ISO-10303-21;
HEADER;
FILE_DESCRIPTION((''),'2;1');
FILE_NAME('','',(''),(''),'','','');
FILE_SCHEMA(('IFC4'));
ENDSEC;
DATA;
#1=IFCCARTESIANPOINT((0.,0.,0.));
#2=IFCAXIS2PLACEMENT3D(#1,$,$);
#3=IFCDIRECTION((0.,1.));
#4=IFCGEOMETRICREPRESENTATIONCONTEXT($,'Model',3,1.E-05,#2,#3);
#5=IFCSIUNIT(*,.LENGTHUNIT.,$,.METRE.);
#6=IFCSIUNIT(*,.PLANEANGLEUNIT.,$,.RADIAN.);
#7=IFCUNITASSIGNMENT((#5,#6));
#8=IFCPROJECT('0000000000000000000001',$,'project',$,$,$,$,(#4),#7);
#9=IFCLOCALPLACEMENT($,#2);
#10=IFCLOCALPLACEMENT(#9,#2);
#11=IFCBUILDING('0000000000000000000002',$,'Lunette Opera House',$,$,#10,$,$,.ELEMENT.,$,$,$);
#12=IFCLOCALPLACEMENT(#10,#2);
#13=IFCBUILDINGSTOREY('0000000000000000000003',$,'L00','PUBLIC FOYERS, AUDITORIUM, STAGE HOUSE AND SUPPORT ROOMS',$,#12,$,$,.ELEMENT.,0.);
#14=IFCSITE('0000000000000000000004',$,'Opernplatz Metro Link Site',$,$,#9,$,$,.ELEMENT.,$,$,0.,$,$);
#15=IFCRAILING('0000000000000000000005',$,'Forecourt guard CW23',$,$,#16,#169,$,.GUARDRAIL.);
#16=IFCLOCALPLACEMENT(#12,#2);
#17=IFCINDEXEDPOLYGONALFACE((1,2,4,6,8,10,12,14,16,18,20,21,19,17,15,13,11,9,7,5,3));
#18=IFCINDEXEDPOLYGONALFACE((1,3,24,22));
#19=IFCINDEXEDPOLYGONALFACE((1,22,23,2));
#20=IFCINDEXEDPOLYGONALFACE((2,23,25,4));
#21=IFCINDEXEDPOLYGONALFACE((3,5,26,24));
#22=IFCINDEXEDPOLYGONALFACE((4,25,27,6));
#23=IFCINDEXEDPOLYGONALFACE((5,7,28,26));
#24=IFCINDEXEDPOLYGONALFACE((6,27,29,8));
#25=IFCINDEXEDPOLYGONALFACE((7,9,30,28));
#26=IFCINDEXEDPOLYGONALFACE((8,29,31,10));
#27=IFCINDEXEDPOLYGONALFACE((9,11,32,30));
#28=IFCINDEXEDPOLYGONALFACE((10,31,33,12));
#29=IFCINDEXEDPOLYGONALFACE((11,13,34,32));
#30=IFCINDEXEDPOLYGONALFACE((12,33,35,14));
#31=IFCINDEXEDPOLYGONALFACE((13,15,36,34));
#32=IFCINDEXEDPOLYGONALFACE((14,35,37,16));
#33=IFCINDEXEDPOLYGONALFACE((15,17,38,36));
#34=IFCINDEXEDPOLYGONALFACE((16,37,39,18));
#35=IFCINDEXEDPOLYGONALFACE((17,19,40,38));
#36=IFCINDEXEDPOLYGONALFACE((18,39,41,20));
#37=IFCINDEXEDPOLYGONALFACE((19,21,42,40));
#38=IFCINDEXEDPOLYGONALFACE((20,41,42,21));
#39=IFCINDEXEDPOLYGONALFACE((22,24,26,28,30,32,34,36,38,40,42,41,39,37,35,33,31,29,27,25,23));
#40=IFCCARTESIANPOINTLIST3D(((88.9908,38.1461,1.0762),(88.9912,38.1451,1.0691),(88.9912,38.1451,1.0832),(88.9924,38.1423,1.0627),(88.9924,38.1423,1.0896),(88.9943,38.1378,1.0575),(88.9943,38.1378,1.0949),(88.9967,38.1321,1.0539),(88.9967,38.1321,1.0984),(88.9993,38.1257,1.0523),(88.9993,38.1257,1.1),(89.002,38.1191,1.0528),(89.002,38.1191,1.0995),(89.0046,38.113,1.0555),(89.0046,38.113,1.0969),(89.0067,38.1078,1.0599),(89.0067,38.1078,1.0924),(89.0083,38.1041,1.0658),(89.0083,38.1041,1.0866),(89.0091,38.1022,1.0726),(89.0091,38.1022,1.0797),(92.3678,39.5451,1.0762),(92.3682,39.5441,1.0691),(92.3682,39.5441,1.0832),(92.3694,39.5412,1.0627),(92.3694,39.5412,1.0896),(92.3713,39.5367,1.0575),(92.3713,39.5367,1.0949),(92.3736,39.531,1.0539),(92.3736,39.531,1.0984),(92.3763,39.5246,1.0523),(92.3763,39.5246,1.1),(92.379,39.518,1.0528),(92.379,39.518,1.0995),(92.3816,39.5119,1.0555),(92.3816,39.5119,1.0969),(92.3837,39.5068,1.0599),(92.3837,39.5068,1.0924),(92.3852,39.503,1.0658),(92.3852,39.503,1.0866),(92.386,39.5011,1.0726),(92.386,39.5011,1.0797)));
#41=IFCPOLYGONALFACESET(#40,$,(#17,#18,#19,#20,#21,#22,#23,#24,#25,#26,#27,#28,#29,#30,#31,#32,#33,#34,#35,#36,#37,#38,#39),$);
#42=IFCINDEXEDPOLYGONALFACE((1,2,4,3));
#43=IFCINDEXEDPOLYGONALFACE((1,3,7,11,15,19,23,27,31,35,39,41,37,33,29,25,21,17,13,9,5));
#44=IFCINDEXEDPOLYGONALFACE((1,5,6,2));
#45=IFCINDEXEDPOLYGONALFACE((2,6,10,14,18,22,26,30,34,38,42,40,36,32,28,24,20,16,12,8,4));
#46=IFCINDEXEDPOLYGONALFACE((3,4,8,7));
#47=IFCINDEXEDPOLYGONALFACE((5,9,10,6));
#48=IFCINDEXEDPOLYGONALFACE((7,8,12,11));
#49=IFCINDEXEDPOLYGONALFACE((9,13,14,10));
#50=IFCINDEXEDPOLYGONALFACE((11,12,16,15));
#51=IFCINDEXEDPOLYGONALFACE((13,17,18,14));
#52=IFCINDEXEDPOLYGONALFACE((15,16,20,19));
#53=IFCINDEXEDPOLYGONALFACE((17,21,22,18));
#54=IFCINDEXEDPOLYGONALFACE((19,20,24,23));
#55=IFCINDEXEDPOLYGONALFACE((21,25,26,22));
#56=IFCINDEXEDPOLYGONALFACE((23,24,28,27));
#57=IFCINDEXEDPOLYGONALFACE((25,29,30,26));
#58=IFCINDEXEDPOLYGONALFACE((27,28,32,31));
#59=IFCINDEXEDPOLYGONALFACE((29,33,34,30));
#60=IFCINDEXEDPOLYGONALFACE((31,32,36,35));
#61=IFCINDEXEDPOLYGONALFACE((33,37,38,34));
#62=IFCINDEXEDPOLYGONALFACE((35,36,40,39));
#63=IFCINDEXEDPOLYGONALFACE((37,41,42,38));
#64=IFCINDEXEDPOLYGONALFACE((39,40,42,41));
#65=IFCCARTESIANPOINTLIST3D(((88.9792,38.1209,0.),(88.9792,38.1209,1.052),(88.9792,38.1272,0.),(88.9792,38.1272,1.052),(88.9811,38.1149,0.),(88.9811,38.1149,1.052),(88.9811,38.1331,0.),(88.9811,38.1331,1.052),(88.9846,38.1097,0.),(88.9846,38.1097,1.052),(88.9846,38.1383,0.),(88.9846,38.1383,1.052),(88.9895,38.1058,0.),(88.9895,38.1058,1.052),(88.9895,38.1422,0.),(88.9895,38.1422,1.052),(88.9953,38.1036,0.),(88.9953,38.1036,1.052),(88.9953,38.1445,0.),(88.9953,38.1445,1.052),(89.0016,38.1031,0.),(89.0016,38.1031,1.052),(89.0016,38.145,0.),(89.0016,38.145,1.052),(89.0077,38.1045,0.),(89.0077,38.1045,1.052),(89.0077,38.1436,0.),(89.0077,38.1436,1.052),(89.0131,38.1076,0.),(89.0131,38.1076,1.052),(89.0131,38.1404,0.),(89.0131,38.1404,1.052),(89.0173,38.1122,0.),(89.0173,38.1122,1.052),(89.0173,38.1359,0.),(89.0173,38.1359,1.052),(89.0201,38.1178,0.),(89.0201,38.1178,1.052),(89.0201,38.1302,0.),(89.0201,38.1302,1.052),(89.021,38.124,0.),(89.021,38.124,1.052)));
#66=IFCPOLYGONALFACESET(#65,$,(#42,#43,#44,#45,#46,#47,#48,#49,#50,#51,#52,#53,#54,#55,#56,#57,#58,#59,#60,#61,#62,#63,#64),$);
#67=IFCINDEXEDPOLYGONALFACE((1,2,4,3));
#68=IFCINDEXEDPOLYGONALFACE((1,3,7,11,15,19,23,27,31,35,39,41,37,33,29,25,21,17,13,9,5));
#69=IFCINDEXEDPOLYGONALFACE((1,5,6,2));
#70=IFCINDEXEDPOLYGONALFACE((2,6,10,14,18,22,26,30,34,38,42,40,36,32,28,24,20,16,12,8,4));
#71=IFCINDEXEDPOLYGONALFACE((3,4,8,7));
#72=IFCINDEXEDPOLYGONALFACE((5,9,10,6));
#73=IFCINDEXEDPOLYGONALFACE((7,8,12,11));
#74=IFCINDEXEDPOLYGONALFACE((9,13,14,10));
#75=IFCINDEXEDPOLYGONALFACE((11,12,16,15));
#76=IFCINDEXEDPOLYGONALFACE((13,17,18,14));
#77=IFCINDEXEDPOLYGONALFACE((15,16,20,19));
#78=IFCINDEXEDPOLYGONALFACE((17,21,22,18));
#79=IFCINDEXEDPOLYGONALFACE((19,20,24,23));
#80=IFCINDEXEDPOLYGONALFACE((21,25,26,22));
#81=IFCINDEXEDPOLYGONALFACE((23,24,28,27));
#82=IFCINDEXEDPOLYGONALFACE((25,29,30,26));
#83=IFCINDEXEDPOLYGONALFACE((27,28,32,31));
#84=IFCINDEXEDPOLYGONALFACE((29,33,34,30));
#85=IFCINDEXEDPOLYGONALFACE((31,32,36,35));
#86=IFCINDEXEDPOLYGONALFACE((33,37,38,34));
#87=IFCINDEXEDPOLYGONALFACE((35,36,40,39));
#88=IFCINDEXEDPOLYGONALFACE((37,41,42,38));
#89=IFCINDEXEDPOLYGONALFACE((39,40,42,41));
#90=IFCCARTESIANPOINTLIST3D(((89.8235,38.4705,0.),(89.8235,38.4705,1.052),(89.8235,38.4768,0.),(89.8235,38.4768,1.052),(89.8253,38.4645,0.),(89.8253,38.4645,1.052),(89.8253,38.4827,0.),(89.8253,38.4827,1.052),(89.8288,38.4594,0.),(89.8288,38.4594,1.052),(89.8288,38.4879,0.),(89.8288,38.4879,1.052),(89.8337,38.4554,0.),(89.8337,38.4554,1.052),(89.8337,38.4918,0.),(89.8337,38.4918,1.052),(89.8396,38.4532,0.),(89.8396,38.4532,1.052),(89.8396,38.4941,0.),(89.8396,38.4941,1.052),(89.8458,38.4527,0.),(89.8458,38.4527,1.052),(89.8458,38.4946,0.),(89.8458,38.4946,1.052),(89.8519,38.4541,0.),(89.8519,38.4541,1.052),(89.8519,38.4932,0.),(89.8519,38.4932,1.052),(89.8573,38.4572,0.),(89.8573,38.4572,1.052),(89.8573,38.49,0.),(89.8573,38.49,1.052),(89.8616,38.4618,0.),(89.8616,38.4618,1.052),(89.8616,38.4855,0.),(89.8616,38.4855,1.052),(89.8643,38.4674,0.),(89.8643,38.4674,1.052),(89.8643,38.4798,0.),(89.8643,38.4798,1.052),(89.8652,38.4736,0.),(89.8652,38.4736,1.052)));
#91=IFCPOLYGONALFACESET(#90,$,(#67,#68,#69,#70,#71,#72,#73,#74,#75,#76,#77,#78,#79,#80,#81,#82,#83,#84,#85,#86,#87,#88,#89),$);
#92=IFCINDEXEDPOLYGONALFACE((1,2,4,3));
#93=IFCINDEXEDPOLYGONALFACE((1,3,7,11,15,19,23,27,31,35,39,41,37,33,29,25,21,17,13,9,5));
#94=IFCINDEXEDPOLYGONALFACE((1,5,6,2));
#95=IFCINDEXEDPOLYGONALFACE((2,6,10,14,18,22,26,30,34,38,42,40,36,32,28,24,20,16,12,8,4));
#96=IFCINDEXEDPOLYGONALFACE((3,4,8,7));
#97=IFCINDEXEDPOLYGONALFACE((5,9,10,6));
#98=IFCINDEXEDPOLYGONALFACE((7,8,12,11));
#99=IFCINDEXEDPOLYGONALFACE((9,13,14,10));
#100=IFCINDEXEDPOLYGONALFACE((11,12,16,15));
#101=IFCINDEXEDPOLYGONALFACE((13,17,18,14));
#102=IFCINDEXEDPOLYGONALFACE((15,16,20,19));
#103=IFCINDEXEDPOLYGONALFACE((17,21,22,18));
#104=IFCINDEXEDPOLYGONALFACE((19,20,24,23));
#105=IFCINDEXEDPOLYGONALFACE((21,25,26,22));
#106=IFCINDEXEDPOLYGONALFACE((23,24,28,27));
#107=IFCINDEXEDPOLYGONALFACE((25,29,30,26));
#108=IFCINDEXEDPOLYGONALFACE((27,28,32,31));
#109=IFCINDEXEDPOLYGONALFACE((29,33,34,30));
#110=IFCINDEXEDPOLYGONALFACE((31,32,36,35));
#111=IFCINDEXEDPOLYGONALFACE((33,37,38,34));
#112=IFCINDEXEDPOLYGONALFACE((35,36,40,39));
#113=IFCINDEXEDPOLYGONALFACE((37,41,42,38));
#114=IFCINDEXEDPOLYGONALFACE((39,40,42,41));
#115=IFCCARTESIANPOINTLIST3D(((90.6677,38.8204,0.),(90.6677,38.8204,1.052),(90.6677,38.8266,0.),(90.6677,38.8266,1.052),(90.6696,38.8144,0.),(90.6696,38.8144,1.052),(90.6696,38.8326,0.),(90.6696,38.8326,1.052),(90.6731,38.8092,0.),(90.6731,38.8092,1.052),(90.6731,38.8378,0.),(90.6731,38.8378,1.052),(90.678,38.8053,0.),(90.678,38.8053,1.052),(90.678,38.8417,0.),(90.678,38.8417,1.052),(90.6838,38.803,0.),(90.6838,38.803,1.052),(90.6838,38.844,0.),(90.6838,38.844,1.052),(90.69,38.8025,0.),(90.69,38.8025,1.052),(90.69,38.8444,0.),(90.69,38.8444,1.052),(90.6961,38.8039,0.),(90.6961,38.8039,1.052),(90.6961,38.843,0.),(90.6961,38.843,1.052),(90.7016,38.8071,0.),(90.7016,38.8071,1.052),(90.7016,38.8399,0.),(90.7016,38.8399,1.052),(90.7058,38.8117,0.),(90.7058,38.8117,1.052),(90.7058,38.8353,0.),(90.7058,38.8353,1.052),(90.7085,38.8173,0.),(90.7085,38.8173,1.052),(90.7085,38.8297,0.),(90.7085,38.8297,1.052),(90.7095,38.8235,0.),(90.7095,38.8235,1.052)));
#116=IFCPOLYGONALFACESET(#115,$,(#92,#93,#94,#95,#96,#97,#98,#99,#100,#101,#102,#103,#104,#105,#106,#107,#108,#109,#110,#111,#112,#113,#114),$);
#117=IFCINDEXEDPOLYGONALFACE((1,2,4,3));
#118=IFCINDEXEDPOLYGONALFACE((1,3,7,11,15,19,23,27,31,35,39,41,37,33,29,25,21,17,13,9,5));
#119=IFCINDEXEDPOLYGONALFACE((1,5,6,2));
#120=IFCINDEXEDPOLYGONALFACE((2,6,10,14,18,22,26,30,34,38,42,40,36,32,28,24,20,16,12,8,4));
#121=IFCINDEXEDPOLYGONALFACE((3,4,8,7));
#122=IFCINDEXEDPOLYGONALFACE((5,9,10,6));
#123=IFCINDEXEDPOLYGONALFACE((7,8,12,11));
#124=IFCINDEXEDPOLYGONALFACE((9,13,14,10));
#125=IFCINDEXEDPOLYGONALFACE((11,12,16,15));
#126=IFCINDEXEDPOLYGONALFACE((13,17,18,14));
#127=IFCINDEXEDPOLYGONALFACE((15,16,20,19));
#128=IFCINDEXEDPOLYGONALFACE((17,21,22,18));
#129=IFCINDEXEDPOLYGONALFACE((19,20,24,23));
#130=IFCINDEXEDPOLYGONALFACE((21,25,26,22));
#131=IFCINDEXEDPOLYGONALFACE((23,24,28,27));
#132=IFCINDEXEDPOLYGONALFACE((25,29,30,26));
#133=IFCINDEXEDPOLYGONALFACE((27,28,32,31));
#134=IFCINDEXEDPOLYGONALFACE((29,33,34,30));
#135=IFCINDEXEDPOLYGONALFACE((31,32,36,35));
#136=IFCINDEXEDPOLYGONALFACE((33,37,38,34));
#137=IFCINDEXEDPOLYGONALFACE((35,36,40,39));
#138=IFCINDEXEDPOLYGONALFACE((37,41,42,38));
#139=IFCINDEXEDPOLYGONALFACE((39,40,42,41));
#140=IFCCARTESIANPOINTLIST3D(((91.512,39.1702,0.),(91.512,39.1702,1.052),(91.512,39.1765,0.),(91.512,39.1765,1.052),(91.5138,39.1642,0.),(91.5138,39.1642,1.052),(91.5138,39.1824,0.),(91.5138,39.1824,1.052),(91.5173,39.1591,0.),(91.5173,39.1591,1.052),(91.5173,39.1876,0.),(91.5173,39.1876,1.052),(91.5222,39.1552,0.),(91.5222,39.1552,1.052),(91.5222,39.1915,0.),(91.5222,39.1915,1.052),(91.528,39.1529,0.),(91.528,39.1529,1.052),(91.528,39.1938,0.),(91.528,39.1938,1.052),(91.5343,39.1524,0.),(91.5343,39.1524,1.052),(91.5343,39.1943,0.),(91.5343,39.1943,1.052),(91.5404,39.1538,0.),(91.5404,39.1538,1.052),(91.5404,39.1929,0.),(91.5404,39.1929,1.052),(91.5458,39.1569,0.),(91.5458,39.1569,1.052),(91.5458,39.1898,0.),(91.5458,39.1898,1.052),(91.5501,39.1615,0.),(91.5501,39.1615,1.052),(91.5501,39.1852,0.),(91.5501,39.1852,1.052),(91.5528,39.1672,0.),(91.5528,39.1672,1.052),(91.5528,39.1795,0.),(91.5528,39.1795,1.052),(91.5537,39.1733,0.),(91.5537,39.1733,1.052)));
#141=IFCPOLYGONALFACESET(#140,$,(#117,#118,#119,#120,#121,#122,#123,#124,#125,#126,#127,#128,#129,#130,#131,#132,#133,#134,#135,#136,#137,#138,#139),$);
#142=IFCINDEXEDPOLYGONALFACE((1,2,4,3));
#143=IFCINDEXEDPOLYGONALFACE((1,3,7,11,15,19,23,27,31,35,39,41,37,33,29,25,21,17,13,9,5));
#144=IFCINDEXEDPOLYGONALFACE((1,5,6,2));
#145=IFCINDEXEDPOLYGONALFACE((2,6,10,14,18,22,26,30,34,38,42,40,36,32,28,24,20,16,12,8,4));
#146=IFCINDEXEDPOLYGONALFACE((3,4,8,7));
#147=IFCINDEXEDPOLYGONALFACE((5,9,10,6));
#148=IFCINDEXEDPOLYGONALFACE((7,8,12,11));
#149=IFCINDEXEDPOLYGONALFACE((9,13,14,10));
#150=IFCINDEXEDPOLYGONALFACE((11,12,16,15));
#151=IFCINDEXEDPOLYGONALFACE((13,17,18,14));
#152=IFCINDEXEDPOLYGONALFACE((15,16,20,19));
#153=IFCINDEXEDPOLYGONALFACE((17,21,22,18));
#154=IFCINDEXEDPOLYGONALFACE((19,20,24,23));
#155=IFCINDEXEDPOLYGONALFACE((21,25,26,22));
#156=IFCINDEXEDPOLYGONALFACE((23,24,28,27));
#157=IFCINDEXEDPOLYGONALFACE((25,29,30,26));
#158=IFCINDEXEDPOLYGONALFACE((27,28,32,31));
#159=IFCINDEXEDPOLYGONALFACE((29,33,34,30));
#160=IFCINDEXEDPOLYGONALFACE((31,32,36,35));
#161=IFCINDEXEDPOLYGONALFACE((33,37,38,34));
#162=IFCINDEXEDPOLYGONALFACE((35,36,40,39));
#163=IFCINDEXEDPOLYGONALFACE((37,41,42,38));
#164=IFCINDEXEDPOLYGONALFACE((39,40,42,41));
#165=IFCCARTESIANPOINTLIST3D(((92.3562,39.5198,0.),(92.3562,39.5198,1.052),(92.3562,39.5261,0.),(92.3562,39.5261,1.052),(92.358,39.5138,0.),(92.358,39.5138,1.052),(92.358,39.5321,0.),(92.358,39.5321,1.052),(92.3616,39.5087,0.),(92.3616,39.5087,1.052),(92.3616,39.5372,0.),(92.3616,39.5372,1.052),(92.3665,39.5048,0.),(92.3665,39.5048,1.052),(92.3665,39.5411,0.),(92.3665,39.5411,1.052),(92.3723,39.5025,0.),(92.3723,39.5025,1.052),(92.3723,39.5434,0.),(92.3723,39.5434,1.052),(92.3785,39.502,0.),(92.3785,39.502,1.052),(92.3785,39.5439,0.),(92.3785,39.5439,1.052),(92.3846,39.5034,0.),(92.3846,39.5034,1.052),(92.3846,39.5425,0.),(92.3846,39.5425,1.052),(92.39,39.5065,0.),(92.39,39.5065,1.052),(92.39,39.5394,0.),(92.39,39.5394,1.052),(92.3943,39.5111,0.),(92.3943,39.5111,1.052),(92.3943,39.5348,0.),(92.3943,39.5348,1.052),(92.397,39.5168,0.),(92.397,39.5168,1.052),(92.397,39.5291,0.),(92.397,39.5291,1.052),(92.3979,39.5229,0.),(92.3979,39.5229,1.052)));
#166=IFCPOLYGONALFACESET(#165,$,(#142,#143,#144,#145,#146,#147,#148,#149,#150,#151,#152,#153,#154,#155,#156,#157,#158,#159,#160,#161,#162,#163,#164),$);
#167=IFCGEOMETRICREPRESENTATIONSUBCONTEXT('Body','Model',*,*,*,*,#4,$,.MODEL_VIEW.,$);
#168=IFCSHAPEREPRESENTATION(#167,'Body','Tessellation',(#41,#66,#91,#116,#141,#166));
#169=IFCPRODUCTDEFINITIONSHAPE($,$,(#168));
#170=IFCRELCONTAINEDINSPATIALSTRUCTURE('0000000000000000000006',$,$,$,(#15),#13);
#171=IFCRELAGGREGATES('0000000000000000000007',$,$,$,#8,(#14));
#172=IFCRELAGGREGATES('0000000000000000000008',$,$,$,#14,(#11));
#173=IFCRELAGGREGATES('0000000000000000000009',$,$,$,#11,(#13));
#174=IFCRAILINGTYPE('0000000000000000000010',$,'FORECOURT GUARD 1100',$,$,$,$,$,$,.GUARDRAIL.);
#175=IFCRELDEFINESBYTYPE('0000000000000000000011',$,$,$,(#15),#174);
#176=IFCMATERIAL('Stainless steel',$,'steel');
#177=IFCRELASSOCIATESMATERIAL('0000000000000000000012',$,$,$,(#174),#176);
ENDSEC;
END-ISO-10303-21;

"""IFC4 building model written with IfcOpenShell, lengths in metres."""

from ifc_helpers import new_model, si_unit, direction, frame, origin, origin_2d, place, context, subcontext, project, spatial, circle, extrude, material, type_object, element, save


model = new_model("IFC4")

# Units and contexts
model_context = context("Model", 3, precision=1e-05, world=origin(), true_north=direction((0.0, 1.0)))
body_context = subcontext(model_context, "Body", "Model", "MODEL_VIEW")
ifc_project = project(units=[si_unit("LENGTHUNIT", "METRE"), si_unit("PLANEANGLEUNIT", "RADIAN")], contexts=[model_context])

# Site, building, storey
site_placement = place(None, origin())
site = spatial("IfcSite", under=ifc_project, at=site_placement, Name="Opernplatz Metro Link Site", CompositionType="ELEMENT", RefElevation=0.0)
building_placement = place(site_placement, origin())
building = spatial("IfcBuilding", under=site, at=building_placement, Name="Lunette Opera House", CompositionType="ELEMENT")
storey_placement = place(building_placement, origin())
storey = spatial("IfcBuildingStorey", under=building, at=storey_placement, Name="L00", Description="PUBLIC FOYERS, AUDITORIUM, STAGE HOUSE AND SUPPORT ROOMS", CompositionType="ELEMENT", Elevation=0.0)

# Railing
ifc_material_1 = material(Name="Stainless steel", Category="steel")
railing_type = type_object("IfcRailingType", Name="FORECOURT GUARD 1100", PredefinedType="GUARDRAIL", material=ifc_material_1)
railing_1_placement = place(storey_placement, frame((89.0, 38.124, 0.0)))
element("IfcRailing", 1, at=railing_1_placement, inside=storey, type_object=railing_type, Name="Forecourt guard CW23", PredefinedType="GUARDRAIL", context=body_context, shape_type="SweptSolid", body=[
    extrude(circle(Radius=0.0239, at=origin_2d()), frame((0.0, 0.0, 1.0762), z_axis=(0.923865, 0.382718, 0.0), x_axis=(-0.382718, 0.923865, 0.0)), (0.0, 0.0, 1.0), 3.6553),
    extrude(circle(Radius=0.021, at=origin_2d()), origin(), (0.0, 0.0, 1.0), 1.052),
    extrude(circle(Radius=0.021, at=origin_2d()), frame((0.8442, 0.3496, 0.0)), (0.0, 0.0, 1.0), 1.052),
    extrude(circle(Radius=0.021, at=origin_2d()), frame((1.6885, 0.6995, 0.0)), (0.0, 0.0, 1.0), 1.052),
    extrude(circle(Radius=0.021, at=origin_2d()), frame((2.5327, 1.0493, 0.0)), (0.0, 0.0, 1.0), 1.052),
    extrude(circle(Radius=0.021, at=origin_2d()), frame((3.377, 1.3989, 0.0)), (0.0, 0.0, 1.0), 1.052),
])

save(model, "model.ifc")
